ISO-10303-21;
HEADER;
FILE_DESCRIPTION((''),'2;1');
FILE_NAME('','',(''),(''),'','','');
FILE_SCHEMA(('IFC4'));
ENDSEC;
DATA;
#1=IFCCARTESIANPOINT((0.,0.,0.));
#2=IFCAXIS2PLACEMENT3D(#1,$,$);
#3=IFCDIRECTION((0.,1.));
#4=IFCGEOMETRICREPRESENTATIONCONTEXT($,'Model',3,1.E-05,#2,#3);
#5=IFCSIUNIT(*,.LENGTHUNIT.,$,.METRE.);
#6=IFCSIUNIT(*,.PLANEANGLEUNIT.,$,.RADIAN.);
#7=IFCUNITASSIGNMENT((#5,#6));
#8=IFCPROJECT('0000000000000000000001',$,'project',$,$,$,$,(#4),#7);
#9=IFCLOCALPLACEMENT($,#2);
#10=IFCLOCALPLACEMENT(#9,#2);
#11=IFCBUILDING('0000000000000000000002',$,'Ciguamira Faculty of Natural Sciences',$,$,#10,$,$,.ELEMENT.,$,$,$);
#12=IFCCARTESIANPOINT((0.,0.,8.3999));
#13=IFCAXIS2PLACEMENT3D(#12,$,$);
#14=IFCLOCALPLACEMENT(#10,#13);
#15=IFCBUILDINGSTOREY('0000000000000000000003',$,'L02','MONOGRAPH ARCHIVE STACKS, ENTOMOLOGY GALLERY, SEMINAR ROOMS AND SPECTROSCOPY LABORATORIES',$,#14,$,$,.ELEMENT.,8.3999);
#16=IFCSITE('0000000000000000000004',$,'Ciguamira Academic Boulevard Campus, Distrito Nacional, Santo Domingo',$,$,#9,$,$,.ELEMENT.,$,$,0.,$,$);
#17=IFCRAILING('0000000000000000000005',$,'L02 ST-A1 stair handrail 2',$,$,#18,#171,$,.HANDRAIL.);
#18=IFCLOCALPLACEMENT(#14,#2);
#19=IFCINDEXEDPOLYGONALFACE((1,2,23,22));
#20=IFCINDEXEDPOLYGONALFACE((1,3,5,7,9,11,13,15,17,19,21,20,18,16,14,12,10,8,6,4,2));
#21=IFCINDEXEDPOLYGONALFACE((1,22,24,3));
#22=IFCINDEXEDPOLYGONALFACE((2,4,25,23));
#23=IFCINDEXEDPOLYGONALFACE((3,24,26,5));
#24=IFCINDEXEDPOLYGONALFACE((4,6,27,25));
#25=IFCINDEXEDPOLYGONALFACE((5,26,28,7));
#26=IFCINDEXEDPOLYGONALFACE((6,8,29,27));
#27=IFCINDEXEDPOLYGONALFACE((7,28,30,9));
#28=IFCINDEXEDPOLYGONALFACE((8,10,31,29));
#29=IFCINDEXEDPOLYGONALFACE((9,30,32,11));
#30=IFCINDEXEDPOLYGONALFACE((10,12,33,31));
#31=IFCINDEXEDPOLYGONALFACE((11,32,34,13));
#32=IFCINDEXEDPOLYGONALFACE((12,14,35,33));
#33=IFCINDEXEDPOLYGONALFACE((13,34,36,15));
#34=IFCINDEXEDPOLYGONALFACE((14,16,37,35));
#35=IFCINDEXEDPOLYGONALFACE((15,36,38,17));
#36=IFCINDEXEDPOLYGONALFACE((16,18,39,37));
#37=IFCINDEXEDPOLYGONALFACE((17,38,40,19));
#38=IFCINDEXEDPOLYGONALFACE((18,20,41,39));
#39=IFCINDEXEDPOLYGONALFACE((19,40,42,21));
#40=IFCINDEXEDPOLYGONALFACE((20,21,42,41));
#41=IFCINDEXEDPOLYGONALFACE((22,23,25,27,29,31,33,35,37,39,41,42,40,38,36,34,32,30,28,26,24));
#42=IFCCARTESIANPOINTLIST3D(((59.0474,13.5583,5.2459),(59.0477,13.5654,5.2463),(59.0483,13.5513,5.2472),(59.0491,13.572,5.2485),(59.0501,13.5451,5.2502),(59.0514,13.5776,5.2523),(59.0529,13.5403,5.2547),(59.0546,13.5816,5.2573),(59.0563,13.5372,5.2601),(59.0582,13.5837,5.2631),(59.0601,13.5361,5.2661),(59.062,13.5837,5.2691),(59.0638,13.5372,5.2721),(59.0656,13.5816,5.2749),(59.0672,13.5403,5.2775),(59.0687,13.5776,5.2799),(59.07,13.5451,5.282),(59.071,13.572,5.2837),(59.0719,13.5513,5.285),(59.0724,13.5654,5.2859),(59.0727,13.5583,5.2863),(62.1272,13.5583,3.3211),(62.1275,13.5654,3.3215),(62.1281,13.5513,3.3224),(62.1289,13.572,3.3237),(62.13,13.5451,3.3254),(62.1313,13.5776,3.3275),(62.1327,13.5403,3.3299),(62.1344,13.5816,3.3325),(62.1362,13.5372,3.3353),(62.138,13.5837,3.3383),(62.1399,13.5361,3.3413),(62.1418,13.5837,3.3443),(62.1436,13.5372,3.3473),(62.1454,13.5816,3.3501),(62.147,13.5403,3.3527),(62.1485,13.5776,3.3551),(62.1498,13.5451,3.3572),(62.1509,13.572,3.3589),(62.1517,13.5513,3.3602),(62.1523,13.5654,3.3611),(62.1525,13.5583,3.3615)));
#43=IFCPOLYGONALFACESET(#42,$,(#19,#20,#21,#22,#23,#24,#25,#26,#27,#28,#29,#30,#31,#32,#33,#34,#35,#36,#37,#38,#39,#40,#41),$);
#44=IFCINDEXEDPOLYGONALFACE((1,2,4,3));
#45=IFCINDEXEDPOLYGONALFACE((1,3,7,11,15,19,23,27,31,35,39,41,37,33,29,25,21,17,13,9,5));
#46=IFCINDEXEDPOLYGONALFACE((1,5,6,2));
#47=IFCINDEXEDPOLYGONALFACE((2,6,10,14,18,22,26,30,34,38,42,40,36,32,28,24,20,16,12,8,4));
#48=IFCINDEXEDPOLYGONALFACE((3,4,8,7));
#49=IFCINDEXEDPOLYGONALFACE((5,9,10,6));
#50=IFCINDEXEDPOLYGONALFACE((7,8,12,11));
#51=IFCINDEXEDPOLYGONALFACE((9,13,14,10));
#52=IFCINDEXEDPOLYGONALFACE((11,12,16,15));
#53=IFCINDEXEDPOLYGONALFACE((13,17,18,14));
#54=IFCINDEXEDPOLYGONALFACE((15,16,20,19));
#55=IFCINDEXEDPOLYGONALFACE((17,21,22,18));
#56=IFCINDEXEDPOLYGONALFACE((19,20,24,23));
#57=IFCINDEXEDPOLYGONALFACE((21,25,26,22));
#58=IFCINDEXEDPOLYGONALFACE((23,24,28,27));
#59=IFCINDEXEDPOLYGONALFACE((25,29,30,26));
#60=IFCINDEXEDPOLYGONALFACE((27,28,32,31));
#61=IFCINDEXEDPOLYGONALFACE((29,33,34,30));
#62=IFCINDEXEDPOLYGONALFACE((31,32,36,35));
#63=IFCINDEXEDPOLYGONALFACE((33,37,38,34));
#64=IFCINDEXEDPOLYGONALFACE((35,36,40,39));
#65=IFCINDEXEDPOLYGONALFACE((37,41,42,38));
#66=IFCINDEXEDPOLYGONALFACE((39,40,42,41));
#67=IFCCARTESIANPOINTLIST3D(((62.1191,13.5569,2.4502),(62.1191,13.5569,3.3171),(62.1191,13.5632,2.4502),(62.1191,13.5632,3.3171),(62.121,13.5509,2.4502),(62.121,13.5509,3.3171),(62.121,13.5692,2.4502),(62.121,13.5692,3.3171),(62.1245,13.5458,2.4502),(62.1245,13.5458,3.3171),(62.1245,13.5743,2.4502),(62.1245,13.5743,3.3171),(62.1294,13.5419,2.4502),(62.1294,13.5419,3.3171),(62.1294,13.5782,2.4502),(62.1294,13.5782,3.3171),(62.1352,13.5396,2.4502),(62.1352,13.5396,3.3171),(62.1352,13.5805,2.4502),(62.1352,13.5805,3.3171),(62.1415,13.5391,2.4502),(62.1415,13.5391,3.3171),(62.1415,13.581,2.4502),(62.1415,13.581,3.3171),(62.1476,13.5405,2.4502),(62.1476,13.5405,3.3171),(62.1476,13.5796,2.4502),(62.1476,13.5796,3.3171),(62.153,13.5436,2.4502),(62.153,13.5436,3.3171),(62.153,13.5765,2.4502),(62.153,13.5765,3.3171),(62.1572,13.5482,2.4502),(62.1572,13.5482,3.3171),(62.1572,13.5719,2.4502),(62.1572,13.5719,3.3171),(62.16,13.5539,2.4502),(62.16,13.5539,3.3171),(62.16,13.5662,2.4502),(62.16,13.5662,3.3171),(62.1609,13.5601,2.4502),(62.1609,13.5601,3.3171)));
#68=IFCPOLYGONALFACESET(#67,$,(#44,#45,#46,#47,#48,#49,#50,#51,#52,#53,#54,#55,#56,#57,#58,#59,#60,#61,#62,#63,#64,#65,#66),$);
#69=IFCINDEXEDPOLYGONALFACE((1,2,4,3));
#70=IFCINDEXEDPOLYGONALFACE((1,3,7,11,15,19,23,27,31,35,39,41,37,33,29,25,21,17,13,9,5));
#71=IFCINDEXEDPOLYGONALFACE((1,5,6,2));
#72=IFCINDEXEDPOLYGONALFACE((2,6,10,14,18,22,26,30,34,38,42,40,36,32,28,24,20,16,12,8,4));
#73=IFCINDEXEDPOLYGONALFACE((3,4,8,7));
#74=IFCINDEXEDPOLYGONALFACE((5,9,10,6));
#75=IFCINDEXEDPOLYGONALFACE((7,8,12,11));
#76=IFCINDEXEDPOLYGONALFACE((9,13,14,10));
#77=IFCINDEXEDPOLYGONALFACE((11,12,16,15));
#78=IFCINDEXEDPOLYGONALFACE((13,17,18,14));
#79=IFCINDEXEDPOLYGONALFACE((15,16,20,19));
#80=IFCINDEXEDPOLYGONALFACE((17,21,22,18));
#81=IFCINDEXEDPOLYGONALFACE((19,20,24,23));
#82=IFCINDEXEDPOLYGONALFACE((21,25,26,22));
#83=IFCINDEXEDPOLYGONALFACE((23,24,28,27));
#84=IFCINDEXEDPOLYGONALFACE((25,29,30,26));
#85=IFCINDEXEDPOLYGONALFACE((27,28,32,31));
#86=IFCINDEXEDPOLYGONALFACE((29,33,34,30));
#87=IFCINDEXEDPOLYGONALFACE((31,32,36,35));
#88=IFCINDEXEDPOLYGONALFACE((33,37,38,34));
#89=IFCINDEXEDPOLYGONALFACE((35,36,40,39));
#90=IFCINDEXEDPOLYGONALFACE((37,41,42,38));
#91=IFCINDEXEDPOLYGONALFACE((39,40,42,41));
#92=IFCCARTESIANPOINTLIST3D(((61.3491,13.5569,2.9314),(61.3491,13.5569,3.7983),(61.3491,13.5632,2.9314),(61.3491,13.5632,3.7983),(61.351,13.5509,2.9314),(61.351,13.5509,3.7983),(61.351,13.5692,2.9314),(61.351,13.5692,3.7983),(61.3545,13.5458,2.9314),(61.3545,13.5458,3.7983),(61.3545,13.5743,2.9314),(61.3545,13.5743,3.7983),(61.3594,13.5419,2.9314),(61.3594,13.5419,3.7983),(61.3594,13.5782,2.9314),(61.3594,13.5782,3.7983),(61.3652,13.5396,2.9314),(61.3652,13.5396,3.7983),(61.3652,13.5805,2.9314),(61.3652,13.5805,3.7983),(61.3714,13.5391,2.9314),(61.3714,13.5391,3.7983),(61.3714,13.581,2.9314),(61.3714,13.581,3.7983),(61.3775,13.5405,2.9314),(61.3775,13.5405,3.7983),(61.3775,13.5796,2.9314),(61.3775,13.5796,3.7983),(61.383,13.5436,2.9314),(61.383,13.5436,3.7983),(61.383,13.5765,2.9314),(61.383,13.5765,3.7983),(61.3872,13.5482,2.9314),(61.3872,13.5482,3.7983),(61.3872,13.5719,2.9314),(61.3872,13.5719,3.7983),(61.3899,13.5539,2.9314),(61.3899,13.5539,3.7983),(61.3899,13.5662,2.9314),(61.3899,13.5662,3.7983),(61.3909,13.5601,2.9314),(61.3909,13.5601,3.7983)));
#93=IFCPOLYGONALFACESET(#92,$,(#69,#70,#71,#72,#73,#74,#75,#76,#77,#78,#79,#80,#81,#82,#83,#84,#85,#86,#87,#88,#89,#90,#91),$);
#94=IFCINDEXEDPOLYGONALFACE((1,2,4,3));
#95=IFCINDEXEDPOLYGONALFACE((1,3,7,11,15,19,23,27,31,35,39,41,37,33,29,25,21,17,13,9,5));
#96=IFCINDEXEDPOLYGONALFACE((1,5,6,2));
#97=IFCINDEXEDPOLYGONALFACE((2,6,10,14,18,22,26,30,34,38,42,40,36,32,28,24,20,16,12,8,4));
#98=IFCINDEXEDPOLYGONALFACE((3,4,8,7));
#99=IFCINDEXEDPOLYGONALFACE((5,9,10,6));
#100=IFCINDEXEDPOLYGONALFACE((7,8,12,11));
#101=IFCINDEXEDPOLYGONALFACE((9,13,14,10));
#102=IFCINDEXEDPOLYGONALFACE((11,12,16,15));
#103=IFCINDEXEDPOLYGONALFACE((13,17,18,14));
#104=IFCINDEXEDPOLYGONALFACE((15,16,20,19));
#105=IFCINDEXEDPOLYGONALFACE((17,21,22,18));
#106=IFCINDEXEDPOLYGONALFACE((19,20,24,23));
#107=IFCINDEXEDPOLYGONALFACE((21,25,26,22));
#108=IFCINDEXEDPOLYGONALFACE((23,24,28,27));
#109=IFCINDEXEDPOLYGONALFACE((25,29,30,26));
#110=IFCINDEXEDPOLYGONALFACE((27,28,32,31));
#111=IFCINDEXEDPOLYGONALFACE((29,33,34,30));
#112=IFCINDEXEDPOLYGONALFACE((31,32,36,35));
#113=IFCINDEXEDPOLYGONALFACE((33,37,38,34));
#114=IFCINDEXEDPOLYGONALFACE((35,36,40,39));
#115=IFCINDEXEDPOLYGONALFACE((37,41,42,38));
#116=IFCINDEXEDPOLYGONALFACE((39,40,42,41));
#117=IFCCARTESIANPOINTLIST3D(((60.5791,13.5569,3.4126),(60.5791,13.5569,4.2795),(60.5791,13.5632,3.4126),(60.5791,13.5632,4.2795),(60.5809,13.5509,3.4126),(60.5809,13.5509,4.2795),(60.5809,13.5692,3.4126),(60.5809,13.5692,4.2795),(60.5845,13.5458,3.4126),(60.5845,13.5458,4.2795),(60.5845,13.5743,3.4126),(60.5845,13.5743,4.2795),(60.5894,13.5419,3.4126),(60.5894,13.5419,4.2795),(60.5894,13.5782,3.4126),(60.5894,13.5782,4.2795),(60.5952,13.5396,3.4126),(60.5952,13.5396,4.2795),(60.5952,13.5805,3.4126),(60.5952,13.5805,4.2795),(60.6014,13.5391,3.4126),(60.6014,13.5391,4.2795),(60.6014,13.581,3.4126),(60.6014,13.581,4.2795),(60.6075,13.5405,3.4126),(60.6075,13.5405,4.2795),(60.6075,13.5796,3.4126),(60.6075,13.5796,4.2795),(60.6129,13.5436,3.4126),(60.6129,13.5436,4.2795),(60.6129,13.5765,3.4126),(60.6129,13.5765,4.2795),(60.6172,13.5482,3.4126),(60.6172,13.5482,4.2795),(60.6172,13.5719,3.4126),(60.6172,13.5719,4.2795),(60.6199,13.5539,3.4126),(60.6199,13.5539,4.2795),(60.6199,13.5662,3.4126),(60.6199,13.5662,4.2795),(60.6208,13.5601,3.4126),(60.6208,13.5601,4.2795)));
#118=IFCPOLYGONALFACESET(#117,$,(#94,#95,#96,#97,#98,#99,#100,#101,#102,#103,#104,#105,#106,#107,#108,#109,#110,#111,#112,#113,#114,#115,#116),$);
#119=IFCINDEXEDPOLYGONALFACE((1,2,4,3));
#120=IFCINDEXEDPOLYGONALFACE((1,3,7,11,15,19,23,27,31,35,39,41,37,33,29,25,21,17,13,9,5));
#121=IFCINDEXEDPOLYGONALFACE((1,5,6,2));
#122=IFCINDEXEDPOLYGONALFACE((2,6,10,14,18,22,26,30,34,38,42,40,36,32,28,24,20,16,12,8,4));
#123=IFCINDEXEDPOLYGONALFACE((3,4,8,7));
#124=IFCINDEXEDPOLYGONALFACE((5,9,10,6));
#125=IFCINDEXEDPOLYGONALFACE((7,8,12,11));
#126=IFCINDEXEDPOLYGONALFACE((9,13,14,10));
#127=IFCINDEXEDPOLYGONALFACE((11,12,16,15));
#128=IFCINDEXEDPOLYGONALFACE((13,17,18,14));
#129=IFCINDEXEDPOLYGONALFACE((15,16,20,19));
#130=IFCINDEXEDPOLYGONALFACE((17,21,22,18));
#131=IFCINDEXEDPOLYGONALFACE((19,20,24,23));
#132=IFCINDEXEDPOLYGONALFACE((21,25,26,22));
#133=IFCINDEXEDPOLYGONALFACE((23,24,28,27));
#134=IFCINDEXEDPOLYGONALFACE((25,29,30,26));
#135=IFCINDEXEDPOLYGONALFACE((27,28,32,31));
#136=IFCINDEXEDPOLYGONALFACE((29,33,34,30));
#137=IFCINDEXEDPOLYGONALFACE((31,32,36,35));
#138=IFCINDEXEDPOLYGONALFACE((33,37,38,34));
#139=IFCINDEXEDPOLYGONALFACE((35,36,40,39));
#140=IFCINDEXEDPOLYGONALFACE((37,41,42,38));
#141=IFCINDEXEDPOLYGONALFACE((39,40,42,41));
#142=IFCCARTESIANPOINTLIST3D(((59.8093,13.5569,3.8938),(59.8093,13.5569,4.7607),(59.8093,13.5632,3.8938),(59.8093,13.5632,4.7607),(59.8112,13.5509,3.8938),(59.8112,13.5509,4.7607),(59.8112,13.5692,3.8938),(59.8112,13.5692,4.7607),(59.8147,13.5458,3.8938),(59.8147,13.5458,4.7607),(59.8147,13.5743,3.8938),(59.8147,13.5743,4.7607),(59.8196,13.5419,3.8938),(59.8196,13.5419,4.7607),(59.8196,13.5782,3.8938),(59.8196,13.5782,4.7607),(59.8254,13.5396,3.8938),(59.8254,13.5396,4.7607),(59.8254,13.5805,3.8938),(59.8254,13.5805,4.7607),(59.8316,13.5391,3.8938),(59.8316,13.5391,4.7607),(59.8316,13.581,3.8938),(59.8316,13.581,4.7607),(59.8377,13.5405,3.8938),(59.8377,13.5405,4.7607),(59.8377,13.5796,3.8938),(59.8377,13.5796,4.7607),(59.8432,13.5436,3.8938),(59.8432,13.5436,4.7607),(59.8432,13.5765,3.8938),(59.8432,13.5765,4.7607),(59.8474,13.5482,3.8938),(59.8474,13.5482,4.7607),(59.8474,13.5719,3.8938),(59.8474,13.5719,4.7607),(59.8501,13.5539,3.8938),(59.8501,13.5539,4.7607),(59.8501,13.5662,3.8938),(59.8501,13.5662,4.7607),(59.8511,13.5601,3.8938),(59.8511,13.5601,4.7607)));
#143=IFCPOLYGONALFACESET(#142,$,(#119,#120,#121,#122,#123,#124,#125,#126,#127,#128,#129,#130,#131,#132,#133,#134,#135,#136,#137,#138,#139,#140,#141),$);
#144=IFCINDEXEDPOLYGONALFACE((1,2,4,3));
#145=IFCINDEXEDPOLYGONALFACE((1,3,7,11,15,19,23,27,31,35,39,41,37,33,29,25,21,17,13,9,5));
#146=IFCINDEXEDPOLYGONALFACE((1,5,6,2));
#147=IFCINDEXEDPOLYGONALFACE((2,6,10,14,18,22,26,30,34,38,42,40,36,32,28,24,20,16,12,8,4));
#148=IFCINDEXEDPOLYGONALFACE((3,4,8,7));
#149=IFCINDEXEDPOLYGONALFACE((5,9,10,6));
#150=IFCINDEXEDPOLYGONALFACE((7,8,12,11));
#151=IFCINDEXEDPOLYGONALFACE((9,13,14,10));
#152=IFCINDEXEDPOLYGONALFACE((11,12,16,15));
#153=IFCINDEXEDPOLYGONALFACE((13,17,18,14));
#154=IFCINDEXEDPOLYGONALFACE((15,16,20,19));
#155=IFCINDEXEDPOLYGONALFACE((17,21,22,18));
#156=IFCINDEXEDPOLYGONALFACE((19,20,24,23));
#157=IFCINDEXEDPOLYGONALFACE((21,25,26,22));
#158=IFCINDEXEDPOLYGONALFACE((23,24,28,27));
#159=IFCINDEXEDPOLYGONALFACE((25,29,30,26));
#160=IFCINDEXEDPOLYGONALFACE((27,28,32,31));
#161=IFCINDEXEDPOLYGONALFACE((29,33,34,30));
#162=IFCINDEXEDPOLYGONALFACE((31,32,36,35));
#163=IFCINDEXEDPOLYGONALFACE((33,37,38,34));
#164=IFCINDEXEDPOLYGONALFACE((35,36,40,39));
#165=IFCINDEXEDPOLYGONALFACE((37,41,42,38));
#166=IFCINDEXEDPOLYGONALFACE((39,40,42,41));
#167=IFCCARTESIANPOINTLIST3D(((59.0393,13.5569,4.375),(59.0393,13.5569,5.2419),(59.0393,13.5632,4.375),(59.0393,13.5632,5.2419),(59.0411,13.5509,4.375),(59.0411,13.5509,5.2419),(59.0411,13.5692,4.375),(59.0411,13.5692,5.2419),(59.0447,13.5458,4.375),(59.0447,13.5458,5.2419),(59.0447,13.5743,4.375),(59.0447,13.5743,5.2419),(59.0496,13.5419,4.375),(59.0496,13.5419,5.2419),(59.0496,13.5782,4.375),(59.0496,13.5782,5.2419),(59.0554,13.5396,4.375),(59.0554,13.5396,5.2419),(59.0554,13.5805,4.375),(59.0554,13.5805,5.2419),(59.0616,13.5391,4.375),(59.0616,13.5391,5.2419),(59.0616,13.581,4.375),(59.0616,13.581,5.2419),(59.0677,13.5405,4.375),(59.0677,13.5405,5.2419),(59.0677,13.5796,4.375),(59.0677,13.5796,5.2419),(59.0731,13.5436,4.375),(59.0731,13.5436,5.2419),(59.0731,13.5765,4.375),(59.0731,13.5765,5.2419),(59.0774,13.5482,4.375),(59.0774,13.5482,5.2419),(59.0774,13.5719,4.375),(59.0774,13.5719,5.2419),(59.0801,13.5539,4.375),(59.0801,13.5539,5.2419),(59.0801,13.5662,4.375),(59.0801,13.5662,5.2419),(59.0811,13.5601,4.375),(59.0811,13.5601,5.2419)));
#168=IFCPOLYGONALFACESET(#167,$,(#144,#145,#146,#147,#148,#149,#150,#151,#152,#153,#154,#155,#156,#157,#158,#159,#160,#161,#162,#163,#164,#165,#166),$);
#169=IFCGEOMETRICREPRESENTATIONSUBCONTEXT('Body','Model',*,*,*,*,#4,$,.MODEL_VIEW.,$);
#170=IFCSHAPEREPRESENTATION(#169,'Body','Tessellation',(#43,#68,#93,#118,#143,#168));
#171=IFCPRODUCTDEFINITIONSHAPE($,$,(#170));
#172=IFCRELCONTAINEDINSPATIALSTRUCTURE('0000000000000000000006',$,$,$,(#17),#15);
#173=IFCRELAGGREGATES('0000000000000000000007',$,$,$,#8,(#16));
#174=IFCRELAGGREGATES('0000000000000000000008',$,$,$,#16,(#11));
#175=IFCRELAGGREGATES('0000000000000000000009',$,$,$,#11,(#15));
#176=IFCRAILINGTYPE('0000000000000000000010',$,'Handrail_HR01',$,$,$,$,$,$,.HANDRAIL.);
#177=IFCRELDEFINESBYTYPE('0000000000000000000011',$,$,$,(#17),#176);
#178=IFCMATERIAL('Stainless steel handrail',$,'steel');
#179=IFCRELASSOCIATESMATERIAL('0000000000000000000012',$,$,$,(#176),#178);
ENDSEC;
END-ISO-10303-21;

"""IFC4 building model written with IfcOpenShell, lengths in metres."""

from ifc_helpers import new_model, si_unit, direction, frame, origin, origin_2d, place, context, subcontext, project, spatial, circle, extrude, material, type_object, element, save


model = new_model("IFC4")

# Units and contexts
model_context = context("Model", 3, precision=1e-05, world=origin(), true_north=direction((0.0, 1.0)))
body_context = subcontext(model_context, "Body", "Model", "MODEL_VIEW")
ifc_project = project(units=[si_unit("LENGTHUNIT", "METRE"), si_unit("PLANEANGLEUNIT", "RADIAN")], contexts=[model_context])

# Site, building, storey
site_placement = place(None, origin())
site = spatial("IfcSite", under=ifc_project, at=site_placement, Name="Ciguamira Academic Boulevard Campus, Distrito Nacional, Santo Domingo", CompositionType="ELEMENT", RefElevation=0.0)
building_placement = place(site_placement, origin())
building = spatial("IfcBuilding", under=site, at=building_placement, Name="Ciguamira Faculty of Natural Sciences", CompositionType="ELEMENT")
storey_placement = place(building_placement, frame((0.0, 0.0, 8.3999)))
storey = spatial("IfcBuildingStorey", under=building, at=storey_placement, Name="L02", Description="MONOGRAPH ARCHIVE STACKS, ENTOMOLOGY GALLERY, SEMINAR ROOMS AND SPECTROSCOPY LABORATORIES", CompositionType="ELEMENT", Elevation=8.3999)

# Railing
ifc_material_1 = material(Name="Stainless steel handrail", Category="steel")
railing_type_1 = type_object("IfcRailingType", Name="Handrail_HR01", PredefinedType="HANDRAIL", material=ifc_material_1)
railing_1_placement = place(storey_placement, frame((62.1399, 13.5601, 2.4502)))
element("IfcRailing", 1, at=railing_1_placement, inside=storey, type_object=railing_type_1, Name="L02 ST-A1 stair handrail 2", PredefinedType="HANDRAIL", context=body_context, shape_type="SweptSolid", body=[
    extrude(circle(Radius=0.0239, at=origin_2d()), frame((0.0, 0.0, 0.8911), z_axis=(-0.84801, 0.0, 0.529981), x_axis=(0.0, -1.0, 0.0)), (0.0, 0.0, 1.0), 3.6318),
    extrude(circle(Radius=0.021, at=origin_2d()), origin(), (0.0, 0.0, 1.0), 0.8669),
    extrude(circle(Radius=0.021, at=origin_2d()), frame((-0.77, 0.0, 0.4812)), (0.0, 0.0, 1.0), 0.8669),
    extrude(circle(Radius=0.021, at=origin_2d()), frame((-1.54, 0.0, 0.9624)), (0.0, 0.0, 1.0), 0.8669),
    extrude(circle(Radius=0.021, at=origin_2d()), frame((-2.3098, 0.0, 1.4436)), (0.0, 0.0, 1.0), 0.8669),
    extrude(circle(Radius=0.021, at=origin_2d()), frame((-3.0798, 0.0, 1.9248)), (0.0, 0.0, 1.0), 0.8669),
])

save(model, "model.ifc")
